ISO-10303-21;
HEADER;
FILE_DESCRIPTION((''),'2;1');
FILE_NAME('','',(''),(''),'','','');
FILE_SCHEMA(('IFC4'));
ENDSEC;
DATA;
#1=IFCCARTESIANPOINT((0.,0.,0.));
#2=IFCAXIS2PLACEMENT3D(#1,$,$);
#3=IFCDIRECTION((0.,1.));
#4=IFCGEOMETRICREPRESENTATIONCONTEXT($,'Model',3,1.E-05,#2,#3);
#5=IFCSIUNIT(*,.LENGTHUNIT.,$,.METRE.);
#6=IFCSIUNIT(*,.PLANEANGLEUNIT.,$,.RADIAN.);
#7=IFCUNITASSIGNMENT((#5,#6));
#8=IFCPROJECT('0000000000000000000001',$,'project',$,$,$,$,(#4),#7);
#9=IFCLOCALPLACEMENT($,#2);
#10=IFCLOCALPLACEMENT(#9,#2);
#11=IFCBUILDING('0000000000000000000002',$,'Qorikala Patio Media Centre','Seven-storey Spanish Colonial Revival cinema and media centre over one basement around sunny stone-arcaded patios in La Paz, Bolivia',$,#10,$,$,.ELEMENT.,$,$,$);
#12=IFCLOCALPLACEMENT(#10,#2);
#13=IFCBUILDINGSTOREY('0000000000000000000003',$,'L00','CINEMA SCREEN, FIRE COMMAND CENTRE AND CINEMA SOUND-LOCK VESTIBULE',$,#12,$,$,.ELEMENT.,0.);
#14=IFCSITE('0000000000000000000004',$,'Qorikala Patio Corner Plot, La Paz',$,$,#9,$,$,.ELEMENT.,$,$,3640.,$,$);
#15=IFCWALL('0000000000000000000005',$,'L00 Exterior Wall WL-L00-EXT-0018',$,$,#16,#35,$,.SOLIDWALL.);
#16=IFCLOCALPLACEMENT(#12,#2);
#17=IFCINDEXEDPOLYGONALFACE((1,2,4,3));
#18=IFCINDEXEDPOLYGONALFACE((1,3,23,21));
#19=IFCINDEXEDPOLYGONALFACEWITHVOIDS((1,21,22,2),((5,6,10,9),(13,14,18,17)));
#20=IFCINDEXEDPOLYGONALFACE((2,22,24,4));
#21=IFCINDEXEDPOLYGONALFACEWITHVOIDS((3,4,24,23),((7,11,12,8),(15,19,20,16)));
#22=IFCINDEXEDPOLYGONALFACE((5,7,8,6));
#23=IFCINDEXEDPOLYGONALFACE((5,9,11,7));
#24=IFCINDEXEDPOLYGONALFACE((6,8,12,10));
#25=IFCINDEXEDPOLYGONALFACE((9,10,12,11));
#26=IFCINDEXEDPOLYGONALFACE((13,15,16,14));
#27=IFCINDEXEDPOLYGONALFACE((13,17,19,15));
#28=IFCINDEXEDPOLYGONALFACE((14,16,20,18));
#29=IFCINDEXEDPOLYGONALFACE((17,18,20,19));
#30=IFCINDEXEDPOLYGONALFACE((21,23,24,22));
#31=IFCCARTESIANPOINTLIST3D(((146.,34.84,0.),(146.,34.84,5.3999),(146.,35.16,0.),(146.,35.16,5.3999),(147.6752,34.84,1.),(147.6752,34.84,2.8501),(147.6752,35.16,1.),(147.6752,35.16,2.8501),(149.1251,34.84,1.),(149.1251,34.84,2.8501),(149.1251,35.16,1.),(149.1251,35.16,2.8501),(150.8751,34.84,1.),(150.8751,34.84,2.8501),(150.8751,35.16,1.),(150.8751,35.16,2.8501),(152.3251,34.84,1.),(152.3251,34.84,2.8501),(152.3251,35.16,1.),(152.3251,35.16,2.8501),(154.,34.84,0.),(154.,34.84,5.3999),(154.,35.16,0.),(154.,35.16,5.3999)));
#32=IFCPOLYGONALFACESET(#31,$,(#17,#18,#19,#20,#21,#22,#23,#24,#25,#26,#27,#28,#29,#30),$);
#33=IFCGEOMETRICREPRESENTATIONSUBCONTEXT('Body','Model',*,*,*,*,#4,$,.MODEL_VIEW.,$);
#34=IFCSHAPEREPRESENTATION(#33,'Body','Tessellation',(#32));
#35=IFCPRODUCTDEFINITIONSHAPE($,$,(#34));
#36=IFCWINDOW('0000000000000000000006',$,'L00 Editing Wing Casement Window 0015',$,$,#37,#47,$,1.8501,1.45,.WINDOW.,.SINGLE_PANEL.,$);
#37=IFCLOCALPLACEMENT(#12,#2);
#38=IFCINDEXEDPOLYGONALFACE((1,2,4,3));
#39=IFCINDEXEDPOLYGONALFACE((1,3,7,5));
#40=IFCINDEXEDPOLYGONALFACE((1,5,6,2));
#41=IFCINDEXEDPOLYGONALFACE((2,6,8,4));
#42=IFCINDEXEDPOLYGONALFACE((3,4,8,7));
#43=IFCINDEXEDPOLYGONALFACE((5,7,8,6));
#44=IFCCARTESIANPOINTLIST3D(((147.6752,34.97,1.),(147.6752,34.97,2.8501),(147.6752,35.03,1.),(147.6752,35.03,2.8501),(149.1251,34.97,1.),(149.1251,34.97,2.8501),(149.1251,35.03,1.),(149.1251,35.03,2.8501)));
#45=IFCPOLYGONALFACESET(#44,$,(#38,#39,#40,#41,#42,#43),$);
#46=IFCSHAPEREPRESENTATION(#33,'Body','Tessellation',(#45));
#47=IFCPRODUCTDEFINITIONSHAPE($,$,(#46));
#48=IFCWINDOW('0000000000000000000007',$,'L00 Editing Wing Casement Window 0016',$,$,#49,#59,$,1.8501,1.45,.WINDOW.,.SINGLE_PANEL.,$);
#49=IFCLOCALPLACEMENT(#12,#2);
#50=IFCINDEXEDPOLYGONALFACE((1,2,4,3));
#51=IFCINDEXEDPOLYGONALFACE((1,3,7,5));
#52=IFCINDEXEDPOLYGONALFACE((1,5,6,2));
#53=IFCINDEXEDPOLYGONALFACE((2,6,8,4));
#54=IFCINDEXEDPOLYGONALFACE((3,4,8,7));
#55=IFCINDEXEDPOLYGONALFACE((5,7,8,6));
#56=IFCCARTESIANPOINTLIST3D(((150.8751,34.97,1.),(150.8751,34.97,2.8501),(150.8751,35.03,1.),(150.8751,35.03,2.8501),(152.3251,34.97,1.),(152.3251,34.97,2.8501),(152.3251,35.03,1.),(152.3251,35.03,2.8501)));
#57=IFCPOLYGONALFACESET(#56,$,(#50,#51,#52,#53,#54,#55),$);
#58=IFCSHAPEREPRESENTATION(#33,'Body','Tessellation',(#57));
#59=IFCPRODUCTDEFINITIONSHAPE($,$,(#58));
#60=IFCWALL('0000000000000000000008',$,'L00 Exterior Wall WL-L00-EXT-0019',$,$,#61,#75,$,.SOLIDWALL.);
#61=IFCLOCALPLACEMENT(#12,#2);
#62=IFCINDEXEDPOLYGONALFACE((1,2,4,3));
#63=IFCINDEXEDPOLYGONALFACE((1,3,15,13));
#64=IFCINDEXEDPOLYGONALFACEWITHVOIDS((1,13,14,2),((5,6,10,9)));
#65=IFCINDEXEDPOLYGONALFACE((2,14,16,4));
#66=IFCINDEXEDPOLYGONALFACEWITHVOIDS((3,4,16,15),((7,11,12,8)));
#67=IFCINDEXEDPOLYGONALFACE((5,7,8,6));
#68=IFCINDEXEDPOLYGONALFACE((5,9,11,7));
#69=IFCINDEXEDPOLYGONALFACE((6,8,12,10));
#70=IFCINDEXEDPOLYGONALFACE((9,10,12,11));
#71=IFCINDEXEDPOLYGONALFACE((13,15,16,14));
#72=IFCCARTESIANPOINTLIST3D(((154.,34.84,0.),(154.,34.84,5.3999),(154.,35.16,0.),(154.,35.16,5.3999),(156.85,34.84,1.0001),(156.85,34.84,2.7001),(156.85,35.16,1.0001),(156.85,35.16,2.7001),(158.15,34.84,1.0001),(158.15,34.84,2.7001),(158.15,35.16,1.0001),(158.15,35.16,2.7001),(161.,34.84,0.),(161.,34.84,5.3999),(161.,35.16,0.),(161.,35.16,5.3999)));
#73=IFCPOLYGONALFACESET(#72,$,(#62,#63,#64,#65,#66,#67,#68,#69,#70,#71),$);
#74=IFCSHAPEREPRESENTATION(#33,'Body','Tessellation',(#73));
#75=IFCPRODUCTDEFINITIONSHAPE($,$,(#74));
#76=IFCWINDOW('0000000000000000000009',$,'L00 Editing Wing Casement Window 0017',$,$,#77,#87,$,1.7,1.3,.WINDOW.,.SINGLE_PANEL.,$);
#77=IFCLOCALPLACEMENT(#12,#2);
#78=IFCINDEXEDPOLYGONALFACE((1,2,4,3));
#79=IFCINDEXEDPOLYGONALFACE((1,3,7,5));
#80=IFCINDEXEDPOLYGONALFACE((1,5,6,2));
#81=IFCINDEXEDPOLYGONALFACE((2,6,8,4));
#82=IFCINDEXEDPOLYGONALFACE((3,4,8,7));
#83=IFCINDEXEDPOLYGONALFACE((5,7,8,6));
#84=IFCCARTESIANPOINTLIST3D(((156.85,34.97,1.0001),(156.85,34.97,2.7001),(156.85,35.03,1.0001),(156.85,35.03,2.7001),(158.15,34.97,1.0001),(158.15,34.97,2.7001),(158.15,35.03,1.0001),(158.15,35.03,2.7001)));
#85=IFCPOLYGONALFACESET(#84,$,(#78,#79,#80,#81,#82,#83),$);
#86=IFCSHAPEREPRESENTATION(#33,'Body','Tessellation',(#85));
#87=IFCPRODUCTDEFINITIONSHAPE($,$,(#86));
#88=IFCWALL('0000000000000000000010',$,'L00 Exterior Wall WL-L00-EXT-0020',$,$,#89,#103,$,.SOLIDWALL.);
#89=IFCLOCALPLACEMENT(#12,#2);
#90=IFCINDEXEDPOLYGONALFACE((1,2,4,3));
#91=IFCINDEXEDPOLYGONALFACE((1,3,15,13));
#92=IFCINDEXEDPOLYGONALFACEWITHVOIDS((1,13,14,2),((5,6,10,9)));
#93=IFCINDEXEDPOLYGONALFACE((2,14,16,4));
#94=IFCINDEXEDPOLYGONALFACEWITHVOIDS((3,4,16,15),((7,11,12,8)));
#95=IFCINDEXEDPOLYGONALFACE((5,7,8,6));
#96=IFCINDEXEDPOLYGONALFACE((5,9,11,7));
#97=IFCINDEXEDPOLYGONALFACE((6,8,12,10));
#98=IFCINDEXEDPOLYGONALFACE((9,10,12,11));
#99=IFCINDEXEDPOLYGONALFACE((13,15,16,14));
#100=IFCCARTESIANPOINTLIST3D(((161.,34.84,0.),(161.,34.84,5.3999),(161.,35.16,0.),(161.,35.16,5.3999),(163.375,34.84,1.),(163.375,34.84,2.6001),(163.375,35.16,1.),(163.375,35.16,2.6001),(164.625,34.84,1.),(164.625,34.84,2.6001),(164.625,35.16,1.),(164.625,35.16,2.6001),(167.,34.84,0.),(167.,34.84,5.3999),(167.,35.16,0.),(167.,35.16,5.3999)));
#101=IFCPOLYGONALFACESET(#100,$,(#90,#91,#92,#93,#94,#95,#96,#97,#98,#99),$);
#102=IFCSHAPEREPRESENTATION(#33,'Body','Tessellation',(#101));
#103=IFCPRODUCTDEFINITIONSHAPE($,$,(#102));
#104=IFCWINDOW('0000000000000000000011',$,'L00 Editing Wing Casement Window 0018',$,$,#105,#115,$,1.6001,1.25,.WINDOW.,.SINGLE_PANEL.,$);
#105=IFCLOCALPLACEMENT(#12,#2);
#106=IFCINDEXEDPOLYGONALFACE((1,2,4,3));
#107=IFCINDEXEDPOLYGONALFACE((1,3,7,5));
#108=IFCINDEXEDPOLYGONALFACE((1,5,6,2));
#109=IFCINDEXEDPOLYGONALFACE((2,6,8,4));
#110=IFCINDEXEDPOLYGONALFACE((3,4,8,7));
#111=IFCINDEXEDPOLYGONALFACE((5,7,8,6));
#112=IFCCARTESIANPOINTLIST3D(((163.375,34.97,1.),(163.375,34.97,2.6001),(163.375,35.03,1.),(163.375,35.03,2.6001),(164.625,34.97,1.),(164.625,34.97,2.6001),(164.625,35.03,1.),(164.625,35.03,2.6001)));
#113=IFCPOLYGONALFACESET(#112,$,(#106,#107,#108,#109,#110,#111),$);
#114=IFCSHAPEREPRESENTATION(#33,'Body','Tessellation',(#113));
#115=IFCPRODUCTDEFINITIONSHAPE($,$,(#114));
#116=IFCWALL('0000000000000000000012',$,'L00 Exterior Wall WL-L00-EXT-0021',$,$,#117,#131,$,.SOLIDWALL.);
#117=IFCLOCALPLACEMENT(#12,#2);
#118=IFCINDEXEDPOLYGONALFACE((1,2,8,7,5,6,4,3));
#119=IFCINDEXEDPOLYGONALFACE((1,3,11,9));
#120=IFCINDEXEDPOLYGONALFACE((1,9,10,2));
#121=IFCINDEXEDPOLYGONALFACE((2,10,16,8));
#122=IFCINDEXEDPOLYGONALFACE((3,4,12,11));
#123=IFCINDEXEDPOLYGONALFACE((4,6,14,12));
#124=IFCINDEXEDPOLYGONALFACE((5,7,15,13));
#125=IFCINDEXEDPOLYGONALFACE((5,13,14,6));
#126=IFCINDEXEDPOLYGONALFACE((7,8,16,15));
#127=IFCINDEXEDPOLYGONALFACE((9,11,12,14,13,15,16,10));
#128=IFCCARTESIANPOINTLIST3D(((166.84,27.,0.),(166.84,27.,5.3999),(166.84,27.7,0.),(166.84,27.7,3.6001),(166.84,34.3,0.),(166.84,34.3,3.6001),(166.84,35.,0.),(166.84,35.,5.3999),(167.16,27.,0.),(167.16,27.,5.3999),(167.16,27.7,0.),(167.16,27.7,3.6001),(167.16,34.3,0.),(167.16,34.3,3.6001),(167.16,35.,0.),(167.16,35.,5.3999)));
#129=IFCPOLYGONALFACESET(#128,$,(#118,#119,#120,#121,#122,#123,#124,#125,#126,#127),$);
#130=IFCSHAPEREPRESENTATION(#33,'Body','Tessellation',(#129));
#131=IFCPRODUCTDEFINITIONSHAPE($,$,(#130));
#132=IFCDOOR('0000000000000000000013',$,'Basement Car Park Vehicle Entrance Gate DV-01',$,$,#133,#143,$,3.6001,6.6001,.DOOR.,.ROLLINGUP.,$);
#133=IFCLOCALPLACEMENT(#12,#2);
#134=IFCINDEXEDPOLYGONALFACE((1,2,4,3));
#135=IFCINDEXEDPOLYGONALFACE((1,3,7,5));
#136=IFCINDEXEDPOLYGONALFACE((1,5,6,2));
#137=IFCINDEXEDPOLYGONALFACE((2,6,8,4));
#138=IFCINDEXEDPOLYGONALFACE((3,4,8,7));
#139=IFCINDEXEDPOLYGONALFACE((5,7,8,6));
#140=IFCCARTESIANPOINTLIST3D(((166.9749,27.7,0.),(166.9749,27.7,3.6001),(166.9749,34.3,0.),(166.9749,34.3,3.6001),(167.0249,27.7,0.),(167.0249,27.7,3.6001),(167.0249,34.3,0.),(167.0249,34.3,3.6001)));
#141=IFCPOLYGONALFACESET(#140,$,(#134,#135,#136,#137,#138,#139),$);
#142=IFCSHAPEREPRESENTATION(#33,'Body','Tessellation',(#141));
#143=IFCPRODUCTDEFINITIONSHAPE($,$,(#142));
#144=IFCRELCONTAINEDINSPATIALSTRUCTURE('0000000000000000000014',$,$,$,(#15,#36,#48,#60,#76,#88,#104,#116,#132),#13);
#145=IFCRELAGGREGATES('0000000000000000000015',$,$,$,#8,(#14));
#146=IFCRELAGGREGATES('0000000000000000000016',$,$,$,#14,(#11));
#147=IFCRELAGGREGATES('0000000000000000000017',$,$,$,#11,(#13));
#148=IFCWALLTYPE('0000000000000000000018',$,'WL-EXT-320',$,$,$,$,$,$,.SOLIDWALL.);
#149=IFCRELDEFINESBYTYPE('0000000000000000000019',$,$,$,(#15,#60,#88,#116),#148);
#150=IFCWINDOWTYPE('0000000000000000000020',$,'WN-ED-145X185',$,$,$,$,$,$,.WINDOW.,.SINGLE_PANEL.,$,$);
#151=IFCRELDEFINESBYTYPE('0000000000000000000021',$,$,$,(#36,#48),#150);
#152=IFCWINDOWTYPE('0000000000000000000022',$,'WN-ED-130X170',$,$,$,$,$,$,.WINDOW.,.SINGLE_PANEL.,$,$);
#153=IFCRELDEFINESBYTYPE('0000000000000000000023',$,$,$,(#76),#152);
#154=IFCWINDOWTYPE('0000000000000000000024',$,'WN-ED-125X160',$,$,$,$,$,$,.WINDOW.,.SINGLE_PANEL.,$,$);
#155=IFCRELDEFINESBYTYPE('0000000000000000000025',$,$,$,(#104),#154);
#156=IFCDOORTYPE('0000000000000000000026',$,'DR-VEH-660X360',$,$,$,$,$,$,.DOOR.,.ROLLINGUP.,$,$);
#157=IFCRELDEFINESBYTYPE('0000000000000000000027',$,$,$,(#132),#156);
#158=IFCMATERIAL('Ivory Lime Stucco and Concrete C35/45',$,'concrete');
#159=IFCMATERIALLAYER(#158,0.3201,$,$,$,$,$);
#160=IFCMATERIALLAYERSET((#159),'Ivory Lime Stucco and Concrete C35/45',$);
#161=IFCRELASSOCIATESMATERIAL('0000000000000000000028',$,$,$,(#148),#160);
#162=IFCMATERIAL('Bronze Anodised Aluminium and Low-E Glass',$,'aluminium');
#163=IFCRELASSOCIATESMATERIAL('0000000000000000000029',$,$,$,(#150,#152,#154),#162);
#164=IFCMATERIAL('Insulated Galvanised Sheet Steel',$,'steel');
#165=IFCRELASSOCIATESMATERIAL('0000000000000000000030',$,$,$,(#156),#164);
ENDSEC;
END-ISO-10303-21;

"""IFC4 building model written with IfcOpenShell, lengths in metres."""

from ifc_helpers import new_model, si_unit, direction, frame, frame_2d, origin, place, context, subcontext, project, spatial, rectangle, extrude, material, layer, layer_set, type_object, element, fill, save


model = new_model("IFC4")

# Units and contexts
model_context = context("Model", 3, precision=1e-05, world=origin(), true_north=direction((0.0, 1.0)))
body_context = subcontext(model_context, "Body", "Model", "MODEL_VIEW")
ifc_project = project(units=[si_unit("LENGTHUNIT", "METRE"), si_unit("PLANEANGLEUNIT", "RADIAN")], contexts=[model_context])

# Site, building, storey
site_placement = place(None, origin())
site = spatial("IfcSite", under=ifc_project, at=site_placement, Name="Qorikala Patio Corner Plot, La Paz", CompositionType="ELEMENT", RefElevation=3640.0)
building_placement = place(site_placement, origin())
building = spatial("IfcBuilding", under=site, at=building_placement, Name="Qorikala Patio Media Centre", Description="Seven-storey Spanish Colonial Revival cinema and media centre over one basement around sunny stone-arcaded patios in La Paz, Bolivia", CompositionType="ELEMENT")
storey_placement = place(building_placement, origin())
storey = spatial("IfcBuildingStorey", under=building, at=storey_placement, Name="L00", Description="CINEMA SCREEN, FIRE COMMAND CENTRE AND CINEMA SOUND-LOCK VESTIBULE", CompositionType="ELEMENT", Elevation=0.0)

# Wall, openings, windows
ifc_material_1 = material(Name="Ivory Lime Stucco and Concrete C35/45", Category="concrete")
ifc_layer = layer(ifc_material_1, 0.3201)
ifc_layer_set = layer_set([ifc_layer], Name="Ivory Lime Stucco and Concrete C35/45")
wall_type = type_object("IfcWallType", Name="WL-EXT-320", PredefinedType="SOLIDWALL", material=ifc_layer_set)
wall_1_placement = place(storey_placement, frame((146.0, 35.0, 0.0), z_axis=(0.0, 0.0, 1.0), x_axis=(1.0, 0.0, 0.0)))
wall_1 = element("IfcWall", 1, at=wall_1_placement, inside=storey, type_object=wall_type, Name="L00 Exterior Wall WL-L00-EXT-0018", PredefinedType="SOLIDWALL", context=body_context, shape_type="SweptSolid", body=[
    extrude(rectangle(XDim=8.0, YDim=0.3201, at=frame_2d((4.0, 0.0))), origin(), (0.0, 0.0, 1.0), 5.3999),
])
opening_1_placement = place(wall_1_placement, frame((1.675, 0.0, 1.0)))
opening_1 = element("IfcOpeningElement", 2, at=opening_1_placement, cuts=wall_1, PredefinedType="OPENING", context=body_context, shape_type="SweptSolid", body=[
    extrude(rectangle(XDim=1.45, YDim=1.8501, at=frame_2d((0.7251, 0.925))), frame((0.0, 0.1699, 0.0), z_axis=(0.0, -1.0, 0.0), x_axis=(1.0, 0.0, 0.0)), (0.0, 0.0, 1.0), 0.3401),
])
opening_2_placement = place(wall_1_placement, frame((4.875, 0.0, 1.0)))
opening_2 = element("IfcOpeningElement", 3, at=opening_2_placement, cuts=wall_1, PredefinedType="OPENING", context=body_context, shape_type="SweptSolid", body=[
    extrude(rectangle(XDim=1.45, YDim=1.8501, at=frame_2d((0.7251, 0.925))), frame((0.0, 0.1699, 0.0), z_axis=(0.0, -1.0, 0.0), x_axis=(1.0, 0.0, 0.0)), (0.0, 0.0, 1.0), 0.3401),
])
ifc_material_2 = material(Name="Bronze Anodised Aluminium and Low-E Glass", Category="aluminium")
window_type_1 = type_object("IfcWindowType", Name="WN-ED-145X185", PartitioningType="SINGLE_PANEL", PredefinedType="WINDOW", material=ifc_material_2)
window_1_placement = place(opening_1_placement, origin())
window_1 = element("IfcWindow", 4, at=window_1_placement, inside=storey, type_object=window_type_1, Name="L00 Editing Wing Casement Window 0015", OverallHeight=1.8501, OverallWidth=1.45, PartitioningType="SINGLE_PANEL", PredefinedType="WINDOW", context=body_context, shape_type="SweptSolid", body=[
    extrude(rectangle(XDim=1.45, YDim=1.8501, at=frame_2d((0.7251, 0.925))), frame((0.0, 0.03, 0.0), z_axis=(0.0, -1.0, 0.0), x_axis=(1.0, 0.0, 0.0)), (0.0, 0.0, 1.0), 0.0601),
])
fill(opening_1, window_1)
window_2_placement = place(opening_2_placement, origin())
window_2 = element("IfcWindow", 5, at=window_2_placement, inside=storey, type_object=window_type_1, Name="L00 Editing Wing Casement Window 0016", OverallHeight=1.8501, OverallWidth=1.45, PartitioningType="SINGLE_PANEL", PredefinedType="WINDOW", context=body_context, shape_type="SweptSolid", body=[
    extrude(rectangle(XDim=1.45, YDim=1.8501, at=frame_2d((0.7251, 0.925))), frame((0.0, 0.03, 0.0), z_axis=(0.0, -1.0, 0.0), x_axis=(1.0, 0.0, 0.0)), (0.0, 0.0, 1.0), 0.0601),
])
fill(opening_2, window_2)

# Walls, openings, windows
wall_2_placement = place(storey_placement, frame((154.0, 35.0, 0.0), z_axis=(0.0, 0.0, 1.0), x_axis=(1.0, 0.0, 0.0)))
wall_2 = element("IfcWall", 6, at=wall_2_placement, inside=storey, type_object=wall_type, Name="L00 Exterior Wall WL-L00-EXT-0019", PredefinedType="SOLIDWALL", context=body_context, shape_type="SweptSolid", body=[
    extrude(rectangle(XDim=7.0, YDim=0.3201, at=frame_2d((3.5, 0.0))), origin(), (0.0, 0.0, 1.0), 5.3999),
])
opening_3_placement = place(wall_2_placement, frame((2.8501, 0.0, 1.0)))
opening_3 = element("IfcOpeningElement", 7, at=opening_3_placement, cuts=wall_2, PredefinedType="OPENING", context=body_context, shape_type="SweptSolid", body=[
    extrude(rectangle(XDim=1.3, YDim=1.7, at=frame_2d((0.6499, 0.8501))), frame((0.0, 0.1699, 0.0), z_axis=(0.0, -1.0, 0.0), x_axis=(1.0, 0.0, 0.0)), (0.0, 0.0, 1.0), 0.3401),
])
window_type_2 = type_object("IfcWindowType", Name="WN-ED-130X170", PartitioningType="SINGLE_PANEL", PredefinedType="WINDOW", material=ifc_material_2)
window_3_placement = place(opening_3_placement, origin())
window_3 = element("IfcWindow", 8, at=window_3_placement, inside=storey, type_object=window_type_2, Name="L00 Editing Wing Casement Window 0017", OverallHeight=1.7, OverallWidth=1.3, PartitioningType="SINGLE_PANEL", PredefinedType="WINDOW", context=body_context, shape_type="SweptSolid", body=[
    extrude(rectangle(XDim=1.3, YDim=1.7, at=frame_2d((0.6499, 0.8501))), frame((0.0, 0.03, 0.0), z_axis=(0.0, -1.0, 0.0), x_axis=(1.0, 0.0, 0.0)), (0.0, 0.0, 1.0), 0.0601),
])
fill(opening_3, window_3)
wall_3_placement = place(storey_placement, frame((161.0, 35.0, 0.0), z_axis=(0.0, 0.0, 1.0), x_axis=(1.0, 0.0, 0.0)))
wall_3 = element("IfcWall", 9, at=wall_3_placement, inside=storey, type_object=wall_type, Name="L00 Exterior Wall WL-L00-EXT-0020", PredefinedType="SOLIDWALL", context=body_context, shape_type="SweptSolid", body=[
    extrude(rectangle(XDim=6.0, YDim=0.3201, at=frame_2d((3.0, 0.0))), origin(), (0.0, 0.0, 1.0), 5.3999),
])
opening_4_placement = place(wall_3_placement, frame((2.375, 0.0, 1.0)))
opening_4 = element("IfcOpeningElement", 10, at=opening_4_placement, cuts=wall_3, PredefinedType="OPENING", context=body_context, shape_type="SweptSolid", body=[
    extrude(rectangle(XDim=1.25, YDim=1.6001, at=frame_2d((0.625, 0.8))), frame((0.0, 0.1699, 0.0), z_axis=(0.0, -1.0, 0.0), x_axis=(1.0, 0.0, 0.0)), (0.0, 0.0, 1.0), 0.3401),
])
window_type_3 = type_object("IfcWindowType", Name="WN-ED-125X160", PartitioningType="SINGLE_PANEL", PredefinedType="WINDOW", material=ifc_material_2)
window_4_placement = place(opening_4_placement, origin())
window_4 = element("IfcWindow", 11, at=window_4_placement, inside=storey, type_object=window_type_3, Name="L00 Editing Wing Casement Window 0018", OverallHeight=1.6001, OverallWidth=1.25, PartitioningType="SINGLE_PANEL", PredefinedType="WINDOW", context=body_context, shape_type="SweptSolid", body=[
    extrude(rectangle(XDim=1.25, YDim=1.6001, at=frame_2d((0.625, 0.8))), frame((0.0, 0.03, 0.0), z_axis=(0.0, -1.0, 0.0), x_axis=(1.0, 0.0, 0.0)), (0.0, 0.0, 1.0), 0.0601),
])
fill(opening_4, window_4)

# Wall, opening, door
wall_4_placement = place(storey_placement, frame((167.0, 35.0, 0.0), z_axis=(0.0, 0.0, 1.0), x_axis=(0.0, -1.0, 0.0)))
wall_4 = element("IfcWall", 12, at=wall_4_placement, inside=storey, type_object=wall_type, Name="L00 Exterior Wall WL-L00-EXT-0021", PredefinedType="SOLIDWALL", context=body_context, shape_type="SweptSolid", body=[
    extrude(rectangle(XDim=8.0, YDim=0.3201, at=frame_2d((4.0, 0.0))), origin(), (0.0, 0.0, 1.0), 5.3999),
])
opening_5_placement = place(wall_4_placement, frame((0.7, 0.0, 0.0)))
opening_5 = element("IfcOpeningElement", 13, at=opening_5_placement, cuts=wall_4, PredefinedType="OPENING", context=body_context, shape_type="SweptSolid", body=[
    extrude(rectangle(XDim=6.6001, YDim=3.6001, at=frame_2d((3.3, 1.8))), frame((0.0, 0.1699, 0.0), z_axis=(0.0, -1.0, 0.0), x_axis=(1.0, 0.0, 0.0)), (0.0, 0.0, 1.0), 0.3401),
])
ifc_material_3 = material(Name="Insulated Galvanised Sheet Steel", Category="steel")
door_type = type_object("IfcDoorType", Name="DR-VEH-660X360", OperationType="ROLLINGUP", PredefinedType="DOOR", material=ifc_material_3)
door_placement = place(opening_5_placement, origin())
door = element("IfcDoor", 14, at=door_placement, inside=storey, type_object=door_type, Name="Basement Car Park Vehicle Entrance Gate DV-01", OperationType="ROLLINGUP", OverallHeight=3.6001, OverallWidth=6.6001, PredefinedType="DOOR", context=body_context, shape_type="SweptSolid", body=[
    extrude(rectangle(XDim=6.6001, YDim=3.6001, at=frame_2d((3.3, 1.8))), frame((0.0, 0.0249, 0.0), z_axis=(0.0, -1.0, 0.0), x_axis=(1.0, 0.0, 0.0)), (0.0, 0.0, 1.0), 0.05),
])
fill(opening_5, door)

save(model, "model.ifc")
